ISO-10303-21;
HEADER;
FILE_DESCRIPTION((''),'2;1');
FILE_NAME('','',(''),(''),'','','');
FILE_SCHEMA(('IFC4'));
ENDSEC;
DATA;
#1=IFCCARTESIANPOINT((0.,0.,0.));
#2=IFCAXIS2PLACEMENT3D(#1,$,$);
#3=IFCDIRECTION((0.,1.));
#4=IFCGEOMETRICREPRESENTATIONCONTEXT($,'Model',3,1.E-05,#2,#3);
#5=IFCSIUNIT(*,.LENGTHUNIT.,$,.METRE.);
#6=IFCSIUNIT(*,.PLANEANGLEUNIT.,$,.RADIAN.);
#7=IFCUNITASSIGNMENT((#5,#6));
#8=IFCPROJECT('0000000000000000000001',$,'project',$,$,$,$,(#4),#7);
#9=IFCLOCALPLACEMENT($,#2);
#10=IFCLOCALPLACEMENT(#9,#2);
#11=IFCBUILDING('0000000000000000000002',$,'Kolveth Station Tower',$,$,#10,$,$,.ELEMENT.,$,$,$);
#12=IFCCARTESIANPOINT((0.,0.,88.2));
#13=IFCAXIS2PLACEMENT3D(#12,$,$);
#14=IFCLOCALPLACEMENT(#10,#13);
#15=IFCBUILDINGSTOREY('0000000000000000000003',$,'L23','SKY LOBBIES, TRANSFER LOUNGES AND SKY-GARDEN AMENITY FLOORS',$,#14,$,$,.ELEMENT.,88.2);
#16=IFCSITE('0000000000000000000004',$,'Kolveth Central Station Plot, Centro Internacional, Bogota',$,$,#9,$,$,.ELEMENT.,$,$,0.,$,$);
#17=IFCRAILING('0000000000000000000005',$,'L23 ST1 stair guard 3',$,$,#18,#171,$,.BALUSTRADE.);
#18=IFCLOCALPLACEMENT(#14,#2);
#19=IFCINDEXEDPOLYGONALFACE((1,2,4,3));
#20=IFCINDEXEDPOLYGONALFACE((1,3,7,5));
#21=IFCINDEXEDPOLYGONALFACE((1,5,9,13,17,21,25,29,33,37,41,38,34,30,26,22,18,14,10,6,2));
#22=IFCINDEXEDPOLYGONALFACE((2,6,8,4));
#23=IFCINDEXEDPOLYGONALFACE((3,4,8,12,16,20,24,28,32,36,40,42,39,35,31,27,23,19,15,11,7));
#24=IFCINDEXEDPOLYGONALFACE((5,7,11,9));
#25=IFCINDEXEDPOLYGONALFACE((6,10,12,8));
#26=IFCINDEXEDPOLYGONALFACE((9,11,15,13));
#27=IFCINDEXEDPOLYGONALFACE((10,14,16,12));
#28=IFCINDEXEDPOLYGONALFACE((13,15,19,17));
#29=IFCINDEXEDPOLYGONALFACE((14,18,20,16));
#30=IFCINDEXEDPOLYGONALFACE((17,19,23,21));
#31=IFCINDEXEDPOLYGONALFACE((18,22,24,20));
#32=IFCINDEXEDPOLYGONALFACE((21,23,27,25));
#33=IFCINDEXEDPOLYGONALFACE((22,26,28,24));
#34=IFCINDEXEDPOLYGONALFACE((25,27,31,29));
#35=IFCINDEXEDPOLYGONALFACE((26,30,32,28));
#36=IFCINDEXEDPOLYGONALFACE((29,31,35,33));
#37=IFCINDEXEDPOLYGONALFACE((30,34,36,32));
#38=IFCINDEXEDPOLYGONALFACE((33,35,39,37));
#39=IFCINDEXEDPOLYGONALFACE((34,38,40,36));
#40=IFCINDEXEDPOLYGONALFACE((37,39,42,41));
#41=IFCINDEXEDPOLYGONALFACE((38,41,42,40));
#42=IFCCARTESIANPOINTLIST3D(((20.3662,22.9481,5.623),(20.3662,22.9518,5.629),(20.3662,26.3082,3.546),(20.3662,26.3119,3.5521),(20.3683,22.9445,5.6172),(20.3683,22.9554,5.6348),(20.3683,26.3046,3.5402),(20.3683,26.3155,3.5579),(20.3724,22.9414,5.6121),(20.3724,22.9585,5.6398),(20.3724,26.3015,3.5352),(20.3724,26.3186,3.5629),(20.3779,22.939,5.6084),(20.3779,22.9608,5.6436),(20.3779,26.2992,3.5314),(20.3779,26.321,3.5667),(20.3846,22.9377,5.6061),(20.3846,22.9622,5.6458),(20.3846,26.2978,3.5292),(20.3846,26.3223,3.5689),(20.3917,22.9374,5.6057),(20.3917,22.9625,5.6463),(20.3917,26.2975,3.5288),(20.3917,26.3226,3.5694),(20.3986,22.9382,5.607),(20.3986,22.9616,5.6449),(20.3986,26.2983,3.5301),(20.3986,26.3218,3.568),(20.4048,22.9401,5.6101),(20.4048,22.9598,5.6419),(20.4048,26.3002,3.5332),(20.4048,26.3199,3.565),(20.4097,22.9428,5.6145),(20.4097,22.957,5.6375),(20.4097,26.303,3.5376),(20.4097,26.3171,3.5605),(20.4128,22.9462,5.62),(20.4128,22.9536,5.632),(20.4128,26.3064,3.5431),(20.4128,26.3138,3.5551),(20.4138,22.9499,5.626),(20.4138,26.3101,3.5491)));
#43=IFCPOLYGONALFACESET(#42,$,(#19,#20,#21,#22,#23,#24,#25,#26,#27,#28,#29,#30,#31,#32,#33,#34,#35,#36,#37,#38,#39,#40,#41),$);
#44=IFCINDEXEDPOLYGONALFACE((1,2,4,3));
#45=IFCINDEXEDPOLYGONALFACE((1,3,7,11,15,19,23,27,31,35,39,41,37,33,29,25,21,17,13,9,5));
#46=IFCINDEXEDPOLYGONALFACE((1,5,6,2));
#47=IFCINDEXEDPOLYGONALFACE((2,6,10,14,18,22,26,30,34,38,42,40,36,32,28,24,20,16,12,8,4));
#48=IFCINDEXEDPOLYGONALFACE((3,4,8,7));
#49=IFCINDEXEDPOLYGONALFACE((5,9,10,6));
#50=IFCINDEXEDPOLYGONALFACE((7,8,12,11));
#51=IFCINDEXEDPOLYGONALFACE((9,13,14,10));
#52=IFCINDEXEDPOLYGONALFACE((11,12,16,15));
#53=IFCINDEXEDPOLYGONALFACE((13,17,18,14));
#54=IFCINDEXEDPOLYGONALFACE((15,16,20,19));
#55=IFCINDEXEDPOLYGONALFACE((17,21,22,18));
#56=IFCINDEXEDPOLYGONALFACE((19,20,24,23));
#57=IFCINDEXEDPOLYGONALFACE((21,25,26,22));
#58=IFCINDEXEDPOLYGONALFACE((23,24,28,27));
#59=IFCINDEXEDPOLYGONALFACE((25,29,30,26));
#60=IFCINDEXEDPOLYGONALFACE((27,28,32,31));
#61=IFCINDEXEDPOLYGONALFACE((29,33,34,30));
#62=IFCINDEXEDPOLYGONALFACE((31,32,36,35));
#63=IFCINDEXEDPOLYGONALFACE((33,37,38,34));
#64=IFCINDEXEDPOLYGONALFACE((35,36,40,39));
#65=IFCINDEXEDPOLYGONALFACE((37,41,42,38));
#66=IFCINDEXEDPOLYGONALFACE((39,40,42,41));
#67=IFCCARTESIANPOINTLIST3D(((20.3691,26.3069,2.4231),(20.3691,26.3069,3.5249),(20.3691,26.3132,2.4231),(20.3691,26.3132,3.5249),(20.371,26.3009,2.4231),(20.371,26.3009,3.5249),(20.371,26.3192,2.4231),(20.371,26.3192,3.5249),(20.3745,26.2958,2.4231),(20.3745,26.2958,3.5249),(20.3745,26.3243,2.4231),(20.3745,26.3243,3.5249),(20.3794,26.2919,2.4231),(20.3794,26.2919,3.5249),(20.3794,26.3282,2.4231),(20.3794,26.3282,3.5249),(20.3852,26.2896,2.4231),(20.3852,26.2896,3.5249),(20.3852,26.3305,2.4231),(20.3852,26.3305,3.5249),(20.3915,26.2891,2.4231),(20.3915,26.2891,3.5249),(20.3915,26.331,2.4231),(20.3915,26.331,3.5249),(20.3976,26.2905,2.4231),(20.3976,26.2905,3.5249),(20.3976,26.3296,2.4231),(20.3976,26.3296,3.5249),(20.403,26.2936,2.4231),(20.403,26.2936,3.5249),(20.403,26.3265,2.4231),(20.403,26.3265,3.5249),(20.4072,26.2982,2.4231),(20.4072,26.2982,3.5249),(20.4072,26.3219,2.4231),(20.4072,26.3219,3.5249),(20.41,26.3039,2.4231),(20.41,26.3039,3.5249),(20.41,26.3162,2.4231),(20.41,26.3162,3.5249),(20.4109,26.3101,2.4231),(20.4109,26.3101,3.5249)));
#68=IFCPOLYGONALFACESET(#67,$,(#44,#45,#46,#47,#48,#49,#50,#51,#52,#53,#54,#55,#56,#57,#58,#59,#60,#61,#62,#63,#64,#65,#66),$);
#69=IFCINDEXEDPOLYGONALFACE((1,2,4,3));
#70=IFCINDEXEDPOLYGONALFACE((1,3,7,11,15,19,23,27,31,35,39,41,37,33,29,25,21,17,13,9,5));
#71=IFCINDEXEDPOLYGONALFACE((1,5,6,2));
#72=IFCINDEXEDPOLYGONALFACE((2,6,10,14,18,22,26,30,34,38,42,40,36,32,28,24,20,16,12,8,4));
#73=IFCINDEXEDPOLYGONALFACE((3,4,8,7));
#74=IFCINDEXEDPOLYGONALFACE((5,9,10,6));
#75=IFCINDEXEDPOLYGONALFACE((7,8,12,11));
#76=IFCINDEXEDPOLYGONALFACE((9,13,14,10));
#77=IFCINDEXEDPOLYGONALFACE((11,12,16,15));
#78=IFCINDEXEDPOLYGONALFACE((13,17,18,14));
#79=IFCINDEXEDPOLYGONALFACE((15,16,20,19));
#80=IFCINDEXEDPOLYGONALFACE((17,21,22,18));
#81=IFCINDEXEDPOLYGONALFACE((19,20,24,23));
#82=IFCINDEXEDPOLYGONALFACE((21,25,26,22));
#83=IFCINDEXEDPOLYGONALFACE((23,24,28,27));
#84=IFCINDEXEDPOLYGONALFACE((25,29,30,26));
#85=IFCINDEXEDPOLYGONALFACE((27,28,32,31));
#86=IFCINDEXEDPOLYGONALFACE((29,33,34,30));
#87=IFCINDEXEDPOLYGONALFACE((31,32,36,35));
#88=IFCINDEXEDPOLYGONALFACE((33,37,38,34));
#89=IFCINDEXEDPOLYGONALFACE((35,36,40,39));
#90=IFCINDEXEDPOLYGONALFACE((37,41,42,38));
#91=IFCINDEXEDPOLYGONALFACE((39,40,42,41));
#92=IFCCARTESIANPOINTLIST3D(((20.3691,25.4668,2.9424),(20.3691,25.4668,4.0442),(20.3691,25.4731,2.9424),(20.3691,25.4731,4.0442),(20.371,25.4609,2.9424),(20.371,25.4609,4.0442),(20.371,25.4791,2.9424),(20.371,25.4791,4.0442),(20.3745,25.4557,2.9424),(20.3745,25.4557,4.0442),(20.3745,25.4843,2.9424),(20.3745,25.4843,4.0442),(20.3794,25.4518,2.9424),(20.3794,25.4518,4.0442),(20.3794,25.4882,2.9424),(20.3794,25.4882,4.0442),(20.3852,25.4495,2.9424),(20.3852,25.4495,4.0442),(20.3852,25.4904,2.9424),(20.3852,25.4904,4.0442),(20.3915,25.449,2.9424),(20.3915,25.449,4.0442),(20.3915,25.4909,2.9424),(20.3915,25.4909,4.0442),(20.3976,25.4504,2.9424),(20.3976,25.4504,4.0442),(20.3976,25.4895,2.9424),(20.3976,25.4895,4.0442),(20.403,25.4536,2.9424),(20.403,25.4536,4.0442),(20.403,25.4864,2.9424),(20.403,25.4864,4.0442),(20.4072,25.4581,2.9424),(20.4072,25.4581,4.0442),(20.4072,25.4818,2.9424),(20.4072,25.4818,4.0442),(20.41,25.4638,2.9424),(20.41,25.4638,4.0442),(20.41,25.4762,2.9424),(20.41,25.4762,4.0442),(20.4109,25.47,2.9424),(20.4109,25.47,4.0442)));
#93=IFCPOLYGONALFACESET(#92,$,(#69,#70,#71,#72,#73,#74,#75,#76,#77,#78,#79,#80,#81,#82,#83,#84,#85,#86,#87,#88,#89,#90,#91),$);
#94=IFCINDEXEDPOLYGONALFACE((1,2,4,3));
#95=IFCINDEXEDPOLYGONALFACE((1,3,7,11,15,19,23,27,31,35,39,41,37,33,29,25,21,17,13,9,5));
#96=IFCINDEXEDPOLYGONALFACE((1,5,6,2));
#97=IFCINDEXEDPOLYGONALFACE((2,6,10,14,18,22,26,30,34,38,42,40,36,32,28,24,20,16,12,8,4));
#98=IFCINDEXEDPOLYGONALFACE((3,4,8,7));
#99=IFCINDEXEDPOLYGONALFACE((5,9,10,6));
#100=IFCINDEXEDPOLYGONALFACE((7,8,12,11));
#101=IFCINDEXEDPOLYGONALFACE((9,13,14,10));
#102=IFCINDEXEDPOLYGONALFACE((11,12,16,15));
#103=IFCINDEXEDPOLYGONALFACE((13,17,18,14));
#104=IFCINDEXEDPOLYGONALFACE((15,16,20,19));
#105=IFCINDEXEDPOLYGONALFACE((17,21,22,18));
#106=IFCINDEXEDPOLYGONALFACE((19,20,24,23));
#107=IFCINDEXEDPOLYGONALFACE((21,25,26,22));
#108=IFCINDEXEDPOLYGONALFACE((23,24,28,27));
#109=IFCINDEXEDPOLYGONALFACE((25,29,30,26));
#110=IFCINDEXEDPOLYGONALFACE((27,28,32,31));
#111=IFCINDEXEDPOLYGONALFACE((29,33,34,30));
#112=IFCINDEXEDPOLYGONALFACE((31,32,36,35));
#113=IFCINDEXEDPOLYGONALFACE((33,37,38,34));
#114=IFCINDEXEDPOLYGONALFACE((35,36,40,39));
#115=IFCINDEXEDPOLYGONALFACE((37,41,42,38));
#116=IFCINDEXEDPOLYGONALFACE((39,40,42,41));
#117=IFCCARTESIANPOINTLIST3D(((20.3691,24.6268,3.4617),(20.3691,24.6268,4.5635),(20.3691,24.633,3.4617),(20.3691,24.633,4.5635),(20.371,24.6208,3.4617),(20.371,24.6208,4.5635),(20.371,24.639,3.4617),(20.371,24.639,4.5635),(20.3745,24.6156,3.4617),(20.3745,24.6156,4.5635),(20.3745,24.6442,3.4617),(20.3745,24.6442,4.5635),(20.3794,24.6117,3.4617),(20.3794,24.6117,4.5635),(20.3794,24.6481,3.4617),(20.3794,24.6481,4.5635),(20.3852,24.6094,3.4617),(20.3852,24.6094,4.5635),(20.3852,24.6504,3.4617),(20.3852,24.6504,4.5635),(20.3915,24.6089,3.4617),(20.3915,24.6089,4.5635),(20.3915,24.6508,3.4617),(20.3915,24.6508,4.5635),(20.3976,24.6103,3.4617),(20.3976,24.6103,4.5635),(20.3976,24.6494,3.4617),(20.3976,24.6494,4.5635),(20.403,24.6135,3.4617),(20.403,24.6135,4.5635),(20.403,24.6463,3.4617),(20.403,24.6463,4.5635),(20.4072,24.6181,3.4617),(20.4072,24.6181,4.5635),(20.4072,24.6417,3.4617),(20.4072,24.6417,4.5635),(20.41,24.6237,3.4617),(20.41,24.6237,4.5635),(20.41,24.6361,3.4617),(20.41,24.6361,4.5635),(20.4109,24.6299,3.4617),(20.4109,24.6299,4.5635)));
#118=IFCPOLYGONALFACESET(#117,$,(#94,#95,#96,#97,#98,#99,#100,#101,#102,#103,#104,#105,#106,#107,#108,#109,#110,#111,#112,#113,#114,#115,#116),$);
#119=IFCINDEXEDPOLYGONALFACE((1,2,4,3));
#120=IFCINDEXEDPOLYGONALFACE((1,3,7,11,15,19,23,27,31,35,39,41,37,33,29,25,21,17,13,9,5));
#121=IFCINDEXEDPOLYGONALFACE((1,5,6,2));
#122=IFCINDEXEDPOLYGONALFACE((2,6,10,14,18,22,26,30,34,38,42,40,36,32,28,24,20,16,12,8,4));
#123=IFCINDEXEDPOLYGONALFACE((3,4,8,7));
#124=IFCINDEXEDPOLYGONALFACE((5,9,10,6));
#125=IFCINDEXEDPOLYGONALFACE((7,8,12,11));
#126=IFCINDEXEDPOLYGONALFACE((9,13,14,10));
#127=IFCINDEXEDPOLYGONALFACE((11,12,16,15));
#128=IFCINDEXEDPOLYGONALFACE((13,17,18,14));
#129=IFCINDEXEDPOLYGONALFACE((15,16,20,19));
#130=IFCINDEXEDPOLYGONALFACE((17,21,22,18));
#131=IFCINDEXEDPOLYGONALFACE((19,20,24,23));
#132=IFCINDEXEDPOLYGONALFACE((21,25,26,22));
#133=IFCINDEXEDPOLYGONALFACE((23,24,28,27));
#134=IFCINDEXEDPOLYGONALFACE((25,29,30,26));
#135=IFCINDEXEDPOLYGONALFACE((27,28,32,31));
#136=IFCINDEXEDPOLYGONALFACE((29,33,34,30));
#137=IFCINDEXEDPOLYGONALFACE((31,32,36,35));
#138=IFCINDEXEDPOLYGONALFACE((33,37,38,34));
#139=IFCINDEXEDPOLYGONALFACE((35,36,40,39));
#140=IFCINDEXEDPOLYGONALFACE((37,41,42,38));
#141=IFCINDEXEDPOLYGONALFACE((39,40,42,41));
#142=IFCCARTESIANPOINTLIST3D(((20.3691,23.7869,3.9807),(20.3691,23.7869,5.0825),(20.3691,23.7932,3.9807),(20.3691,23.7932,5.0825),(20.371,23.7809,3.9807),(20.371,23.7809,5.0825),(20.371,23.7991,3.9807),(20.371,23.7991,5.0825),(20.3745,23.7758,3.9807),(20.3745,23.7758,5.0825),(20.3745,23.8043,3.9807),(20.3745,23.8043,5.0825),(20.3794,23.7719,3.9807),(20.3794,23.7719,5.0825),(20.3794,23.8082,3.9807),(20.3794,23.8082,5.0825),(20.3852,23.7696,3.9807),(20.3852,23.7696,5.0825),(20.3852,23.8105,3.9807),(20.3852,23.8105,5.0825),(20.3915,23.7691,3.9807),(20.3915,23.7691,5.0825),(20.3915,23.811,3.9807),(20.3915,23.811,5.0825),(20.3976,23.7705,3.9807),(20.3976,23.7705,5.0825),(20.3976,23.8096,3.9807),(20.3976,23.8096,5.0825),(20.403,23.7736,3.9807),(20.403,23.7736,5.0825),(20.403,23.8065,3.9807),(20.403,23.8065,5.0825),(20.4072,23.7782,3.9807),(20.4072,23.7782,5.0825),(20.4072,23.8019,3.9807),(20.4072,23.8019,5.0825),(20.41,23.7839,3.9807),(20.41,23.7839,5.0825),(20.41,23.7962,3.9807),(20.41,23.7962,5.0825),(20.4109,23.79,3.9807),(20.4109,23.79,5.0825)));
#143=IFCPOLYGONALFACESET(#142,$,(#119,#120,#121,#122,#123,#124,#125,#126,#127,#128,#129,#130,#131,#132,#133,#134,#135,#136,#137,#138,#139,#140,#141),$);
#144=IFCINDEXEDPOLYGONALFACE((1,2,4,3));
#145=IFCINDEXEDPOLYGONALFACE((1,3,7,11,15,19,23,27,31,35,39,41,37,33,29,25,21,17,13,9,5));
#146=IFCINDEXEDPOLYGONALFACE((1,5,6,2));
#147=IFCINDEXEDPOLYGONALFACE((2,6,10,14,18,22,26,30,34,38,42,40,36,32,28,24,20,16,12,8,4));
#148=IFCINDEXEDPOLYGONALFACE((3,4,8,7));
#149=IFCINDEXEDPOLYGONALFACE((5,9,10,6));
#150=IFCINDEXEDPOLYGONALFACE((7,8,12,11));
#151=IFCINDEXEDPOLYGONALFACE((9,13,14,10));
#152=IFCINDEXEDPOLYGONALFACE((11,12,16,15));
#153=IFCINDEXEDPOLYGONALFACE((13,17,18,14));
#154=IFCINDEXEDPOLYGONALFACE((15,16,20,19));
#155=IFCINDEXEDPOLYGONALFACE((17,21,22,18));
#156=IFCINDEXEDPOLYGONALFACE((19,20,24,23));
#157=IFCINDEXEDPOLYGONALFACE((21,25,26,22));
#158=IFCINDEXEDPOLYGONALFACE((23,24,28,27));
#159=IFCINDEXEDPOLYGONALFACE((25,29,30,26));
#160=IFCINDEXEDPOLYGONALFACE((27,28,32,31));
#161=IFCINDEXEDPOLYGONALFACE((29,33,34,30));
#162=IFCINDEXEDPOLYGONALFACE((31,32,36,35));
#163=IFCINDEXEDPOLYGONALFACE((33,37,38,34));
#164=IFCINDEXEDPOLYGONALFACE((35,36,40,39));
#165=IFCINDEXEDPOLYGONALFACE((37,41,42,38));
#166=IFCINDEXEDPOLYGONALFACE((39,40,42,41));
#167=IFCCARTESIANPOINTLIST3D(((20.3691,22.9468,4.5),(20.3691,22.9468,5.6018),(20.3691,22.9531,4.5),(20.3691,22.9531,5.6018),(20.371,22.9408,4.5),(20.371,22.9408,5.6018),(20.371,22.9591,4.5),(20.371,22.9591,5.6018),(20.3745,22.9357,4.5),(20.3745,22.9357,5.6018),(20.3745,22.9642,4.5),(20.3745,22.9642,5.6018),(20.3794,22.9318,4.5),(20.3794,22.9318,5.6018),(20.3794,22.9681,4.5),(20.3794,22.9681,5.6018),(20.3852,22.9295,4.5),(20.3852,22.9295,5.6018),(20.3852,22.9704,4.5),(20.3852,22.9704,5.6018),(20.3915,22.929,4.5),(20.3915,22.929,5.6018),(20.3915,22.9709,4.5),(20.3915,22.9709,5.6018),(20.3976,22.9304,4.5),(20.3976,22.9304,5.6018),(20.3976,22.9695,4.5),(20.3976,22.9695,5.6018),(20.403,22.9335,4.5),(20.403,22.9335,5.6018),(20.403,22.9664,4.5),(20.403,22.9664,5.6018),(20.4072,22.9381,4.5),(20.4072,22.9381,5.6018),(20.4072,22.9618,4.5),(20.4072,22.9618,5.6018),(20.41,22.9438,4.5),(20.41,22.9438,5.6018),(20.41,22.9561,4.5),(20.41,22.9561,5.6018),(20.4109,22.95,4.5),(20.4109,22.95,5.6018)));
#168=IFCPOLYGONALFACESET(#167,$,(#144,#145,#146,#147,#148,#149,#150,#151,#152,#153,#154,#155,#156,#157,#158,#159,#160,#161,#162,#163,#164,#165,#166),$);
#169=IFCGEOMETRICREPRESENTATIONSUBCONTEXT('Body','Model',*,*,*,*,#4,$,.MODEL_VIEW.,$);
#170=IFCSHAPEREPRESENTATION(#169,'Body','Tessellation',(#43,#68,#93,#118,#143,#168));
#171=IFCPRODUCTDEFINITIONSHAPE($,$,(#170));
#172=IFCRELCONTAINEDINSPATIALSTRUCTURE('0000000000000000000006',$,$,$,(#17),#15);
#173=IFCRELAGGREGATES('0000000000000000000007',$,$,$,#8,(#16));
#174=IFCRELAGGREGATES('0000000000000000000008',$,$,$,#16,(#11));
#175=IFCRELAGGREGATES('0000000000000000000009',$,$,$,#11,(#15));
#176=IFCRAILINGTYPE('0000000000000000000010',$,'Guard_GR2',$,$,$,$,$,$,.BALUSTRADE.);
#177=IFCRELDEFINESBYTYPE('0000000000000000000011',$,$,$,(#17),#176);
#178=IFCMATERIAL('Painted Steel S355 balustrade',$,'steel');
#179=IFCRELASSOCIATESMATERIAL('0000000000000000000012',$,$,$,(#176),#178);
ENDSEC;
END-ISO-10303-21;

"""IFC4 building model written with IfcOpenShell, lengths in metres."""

from ifc_helpers import new_model, si_unit, direction, frame, origin, origin_2d, place, context, subcontext, project, spatial, circle, extrude, material, type_object, element, save


model = new_model("IFC4")

# Units and contexts
model_context = context("Model", 3, precision=1e-05, world=origin(), true_north=direction((0.0, 1.0)))
body_context = subcontext(model_context, "Body", "Model", "MODEL_VIEW")
ifc_project = project(units=[si_unit("LENGTHUNIT", "METRE"), si_unit("PLANEANGLEUNIT", "RADIAN")], contexts=[model_context])

# Site, building, storey
site_placement = place(None, origin())
site = spatial("IfcSite", under=ifc_project, at=site_placement, Name="Kolveth Central Station Plot, Centro Internacional, Bogota", CompositionType="ELEMENT", RefElevation=0.0)
building_placement = place(site_placement, origin())
building = spatial("IfcBuilding", under=site, at=building_placement, Name="Kolveth Station Tower", CompositionType="ELEMENT")
storey_placement = place(building_placement, frame((0.0, 0.0, 88.2)))
storey = spatial("IfcBuildingStorey", under=building, at=storey_placement, Name="L23", Description="SKY LOBBIES, TRANSFER LOUNGES AND SKY-GARDEN AMENITY FLOORS", CompositionType="ELEMENT", Elevation=88.2)

# Railing
ifc_material_1 = material(Name="Painted Steel S355 balustrade", Category="steel")
railing_type_1 = type_object("IfcRailingType", Name="Guard_GR2", PredefinedType="BALUSTRADE", material=ifc_material_1)
railing_1_placement = place(storey_placement, frame((20.3899, 26.3101, 2.4231)))
element("IfcRailing", 1, at=railing_1_placement, inside=storey, type_object=railing_type_1, Name="L23 ST1 stair guard 3", PredefinedType="BALUSTRADE", context=body_context, shape_type="SweptSolid", body=[
    extrude(circle(Radius=0.0239, at=origin_2d()), frame((0.0, 0.0, 1.126), z_axis=(0.0, -0.850623, 0.525776), x_axis=(1.0, 0.0, 0.0)), (0.0, 0.0, 1.0), 3.9502),
    extrude(circle(Radius=0.021, at=origin_2d()), origin(), (0.0, 0.0, 1.0), 1.1018),
    extrude(circle(Radius=0.021, at=origin_2d()), frame((0.0, -0.8401, 0.5193)), (0.0, 0.0, 1.0), 1.1018),
    extrude(circle(Radius=0.021, at=origin_2d()), frame((0.0, -1.6802, 1.0386)), (0.0, 0.0, 1.0), 1.1018),
    extrude(circle(Radius=0.021, at=origin_2d()), frame((0.0, -2.52, 1.5576)), (0.0, 0.0, 1.0), 1.1018),
    extrude(circle(Radius=0.021, at=origin_2d()), frame((0.0, -3.3601, 2.0769)), (0.0, 0.0, 1.0), 1.1018),
])

save(model, "model.ifc")
